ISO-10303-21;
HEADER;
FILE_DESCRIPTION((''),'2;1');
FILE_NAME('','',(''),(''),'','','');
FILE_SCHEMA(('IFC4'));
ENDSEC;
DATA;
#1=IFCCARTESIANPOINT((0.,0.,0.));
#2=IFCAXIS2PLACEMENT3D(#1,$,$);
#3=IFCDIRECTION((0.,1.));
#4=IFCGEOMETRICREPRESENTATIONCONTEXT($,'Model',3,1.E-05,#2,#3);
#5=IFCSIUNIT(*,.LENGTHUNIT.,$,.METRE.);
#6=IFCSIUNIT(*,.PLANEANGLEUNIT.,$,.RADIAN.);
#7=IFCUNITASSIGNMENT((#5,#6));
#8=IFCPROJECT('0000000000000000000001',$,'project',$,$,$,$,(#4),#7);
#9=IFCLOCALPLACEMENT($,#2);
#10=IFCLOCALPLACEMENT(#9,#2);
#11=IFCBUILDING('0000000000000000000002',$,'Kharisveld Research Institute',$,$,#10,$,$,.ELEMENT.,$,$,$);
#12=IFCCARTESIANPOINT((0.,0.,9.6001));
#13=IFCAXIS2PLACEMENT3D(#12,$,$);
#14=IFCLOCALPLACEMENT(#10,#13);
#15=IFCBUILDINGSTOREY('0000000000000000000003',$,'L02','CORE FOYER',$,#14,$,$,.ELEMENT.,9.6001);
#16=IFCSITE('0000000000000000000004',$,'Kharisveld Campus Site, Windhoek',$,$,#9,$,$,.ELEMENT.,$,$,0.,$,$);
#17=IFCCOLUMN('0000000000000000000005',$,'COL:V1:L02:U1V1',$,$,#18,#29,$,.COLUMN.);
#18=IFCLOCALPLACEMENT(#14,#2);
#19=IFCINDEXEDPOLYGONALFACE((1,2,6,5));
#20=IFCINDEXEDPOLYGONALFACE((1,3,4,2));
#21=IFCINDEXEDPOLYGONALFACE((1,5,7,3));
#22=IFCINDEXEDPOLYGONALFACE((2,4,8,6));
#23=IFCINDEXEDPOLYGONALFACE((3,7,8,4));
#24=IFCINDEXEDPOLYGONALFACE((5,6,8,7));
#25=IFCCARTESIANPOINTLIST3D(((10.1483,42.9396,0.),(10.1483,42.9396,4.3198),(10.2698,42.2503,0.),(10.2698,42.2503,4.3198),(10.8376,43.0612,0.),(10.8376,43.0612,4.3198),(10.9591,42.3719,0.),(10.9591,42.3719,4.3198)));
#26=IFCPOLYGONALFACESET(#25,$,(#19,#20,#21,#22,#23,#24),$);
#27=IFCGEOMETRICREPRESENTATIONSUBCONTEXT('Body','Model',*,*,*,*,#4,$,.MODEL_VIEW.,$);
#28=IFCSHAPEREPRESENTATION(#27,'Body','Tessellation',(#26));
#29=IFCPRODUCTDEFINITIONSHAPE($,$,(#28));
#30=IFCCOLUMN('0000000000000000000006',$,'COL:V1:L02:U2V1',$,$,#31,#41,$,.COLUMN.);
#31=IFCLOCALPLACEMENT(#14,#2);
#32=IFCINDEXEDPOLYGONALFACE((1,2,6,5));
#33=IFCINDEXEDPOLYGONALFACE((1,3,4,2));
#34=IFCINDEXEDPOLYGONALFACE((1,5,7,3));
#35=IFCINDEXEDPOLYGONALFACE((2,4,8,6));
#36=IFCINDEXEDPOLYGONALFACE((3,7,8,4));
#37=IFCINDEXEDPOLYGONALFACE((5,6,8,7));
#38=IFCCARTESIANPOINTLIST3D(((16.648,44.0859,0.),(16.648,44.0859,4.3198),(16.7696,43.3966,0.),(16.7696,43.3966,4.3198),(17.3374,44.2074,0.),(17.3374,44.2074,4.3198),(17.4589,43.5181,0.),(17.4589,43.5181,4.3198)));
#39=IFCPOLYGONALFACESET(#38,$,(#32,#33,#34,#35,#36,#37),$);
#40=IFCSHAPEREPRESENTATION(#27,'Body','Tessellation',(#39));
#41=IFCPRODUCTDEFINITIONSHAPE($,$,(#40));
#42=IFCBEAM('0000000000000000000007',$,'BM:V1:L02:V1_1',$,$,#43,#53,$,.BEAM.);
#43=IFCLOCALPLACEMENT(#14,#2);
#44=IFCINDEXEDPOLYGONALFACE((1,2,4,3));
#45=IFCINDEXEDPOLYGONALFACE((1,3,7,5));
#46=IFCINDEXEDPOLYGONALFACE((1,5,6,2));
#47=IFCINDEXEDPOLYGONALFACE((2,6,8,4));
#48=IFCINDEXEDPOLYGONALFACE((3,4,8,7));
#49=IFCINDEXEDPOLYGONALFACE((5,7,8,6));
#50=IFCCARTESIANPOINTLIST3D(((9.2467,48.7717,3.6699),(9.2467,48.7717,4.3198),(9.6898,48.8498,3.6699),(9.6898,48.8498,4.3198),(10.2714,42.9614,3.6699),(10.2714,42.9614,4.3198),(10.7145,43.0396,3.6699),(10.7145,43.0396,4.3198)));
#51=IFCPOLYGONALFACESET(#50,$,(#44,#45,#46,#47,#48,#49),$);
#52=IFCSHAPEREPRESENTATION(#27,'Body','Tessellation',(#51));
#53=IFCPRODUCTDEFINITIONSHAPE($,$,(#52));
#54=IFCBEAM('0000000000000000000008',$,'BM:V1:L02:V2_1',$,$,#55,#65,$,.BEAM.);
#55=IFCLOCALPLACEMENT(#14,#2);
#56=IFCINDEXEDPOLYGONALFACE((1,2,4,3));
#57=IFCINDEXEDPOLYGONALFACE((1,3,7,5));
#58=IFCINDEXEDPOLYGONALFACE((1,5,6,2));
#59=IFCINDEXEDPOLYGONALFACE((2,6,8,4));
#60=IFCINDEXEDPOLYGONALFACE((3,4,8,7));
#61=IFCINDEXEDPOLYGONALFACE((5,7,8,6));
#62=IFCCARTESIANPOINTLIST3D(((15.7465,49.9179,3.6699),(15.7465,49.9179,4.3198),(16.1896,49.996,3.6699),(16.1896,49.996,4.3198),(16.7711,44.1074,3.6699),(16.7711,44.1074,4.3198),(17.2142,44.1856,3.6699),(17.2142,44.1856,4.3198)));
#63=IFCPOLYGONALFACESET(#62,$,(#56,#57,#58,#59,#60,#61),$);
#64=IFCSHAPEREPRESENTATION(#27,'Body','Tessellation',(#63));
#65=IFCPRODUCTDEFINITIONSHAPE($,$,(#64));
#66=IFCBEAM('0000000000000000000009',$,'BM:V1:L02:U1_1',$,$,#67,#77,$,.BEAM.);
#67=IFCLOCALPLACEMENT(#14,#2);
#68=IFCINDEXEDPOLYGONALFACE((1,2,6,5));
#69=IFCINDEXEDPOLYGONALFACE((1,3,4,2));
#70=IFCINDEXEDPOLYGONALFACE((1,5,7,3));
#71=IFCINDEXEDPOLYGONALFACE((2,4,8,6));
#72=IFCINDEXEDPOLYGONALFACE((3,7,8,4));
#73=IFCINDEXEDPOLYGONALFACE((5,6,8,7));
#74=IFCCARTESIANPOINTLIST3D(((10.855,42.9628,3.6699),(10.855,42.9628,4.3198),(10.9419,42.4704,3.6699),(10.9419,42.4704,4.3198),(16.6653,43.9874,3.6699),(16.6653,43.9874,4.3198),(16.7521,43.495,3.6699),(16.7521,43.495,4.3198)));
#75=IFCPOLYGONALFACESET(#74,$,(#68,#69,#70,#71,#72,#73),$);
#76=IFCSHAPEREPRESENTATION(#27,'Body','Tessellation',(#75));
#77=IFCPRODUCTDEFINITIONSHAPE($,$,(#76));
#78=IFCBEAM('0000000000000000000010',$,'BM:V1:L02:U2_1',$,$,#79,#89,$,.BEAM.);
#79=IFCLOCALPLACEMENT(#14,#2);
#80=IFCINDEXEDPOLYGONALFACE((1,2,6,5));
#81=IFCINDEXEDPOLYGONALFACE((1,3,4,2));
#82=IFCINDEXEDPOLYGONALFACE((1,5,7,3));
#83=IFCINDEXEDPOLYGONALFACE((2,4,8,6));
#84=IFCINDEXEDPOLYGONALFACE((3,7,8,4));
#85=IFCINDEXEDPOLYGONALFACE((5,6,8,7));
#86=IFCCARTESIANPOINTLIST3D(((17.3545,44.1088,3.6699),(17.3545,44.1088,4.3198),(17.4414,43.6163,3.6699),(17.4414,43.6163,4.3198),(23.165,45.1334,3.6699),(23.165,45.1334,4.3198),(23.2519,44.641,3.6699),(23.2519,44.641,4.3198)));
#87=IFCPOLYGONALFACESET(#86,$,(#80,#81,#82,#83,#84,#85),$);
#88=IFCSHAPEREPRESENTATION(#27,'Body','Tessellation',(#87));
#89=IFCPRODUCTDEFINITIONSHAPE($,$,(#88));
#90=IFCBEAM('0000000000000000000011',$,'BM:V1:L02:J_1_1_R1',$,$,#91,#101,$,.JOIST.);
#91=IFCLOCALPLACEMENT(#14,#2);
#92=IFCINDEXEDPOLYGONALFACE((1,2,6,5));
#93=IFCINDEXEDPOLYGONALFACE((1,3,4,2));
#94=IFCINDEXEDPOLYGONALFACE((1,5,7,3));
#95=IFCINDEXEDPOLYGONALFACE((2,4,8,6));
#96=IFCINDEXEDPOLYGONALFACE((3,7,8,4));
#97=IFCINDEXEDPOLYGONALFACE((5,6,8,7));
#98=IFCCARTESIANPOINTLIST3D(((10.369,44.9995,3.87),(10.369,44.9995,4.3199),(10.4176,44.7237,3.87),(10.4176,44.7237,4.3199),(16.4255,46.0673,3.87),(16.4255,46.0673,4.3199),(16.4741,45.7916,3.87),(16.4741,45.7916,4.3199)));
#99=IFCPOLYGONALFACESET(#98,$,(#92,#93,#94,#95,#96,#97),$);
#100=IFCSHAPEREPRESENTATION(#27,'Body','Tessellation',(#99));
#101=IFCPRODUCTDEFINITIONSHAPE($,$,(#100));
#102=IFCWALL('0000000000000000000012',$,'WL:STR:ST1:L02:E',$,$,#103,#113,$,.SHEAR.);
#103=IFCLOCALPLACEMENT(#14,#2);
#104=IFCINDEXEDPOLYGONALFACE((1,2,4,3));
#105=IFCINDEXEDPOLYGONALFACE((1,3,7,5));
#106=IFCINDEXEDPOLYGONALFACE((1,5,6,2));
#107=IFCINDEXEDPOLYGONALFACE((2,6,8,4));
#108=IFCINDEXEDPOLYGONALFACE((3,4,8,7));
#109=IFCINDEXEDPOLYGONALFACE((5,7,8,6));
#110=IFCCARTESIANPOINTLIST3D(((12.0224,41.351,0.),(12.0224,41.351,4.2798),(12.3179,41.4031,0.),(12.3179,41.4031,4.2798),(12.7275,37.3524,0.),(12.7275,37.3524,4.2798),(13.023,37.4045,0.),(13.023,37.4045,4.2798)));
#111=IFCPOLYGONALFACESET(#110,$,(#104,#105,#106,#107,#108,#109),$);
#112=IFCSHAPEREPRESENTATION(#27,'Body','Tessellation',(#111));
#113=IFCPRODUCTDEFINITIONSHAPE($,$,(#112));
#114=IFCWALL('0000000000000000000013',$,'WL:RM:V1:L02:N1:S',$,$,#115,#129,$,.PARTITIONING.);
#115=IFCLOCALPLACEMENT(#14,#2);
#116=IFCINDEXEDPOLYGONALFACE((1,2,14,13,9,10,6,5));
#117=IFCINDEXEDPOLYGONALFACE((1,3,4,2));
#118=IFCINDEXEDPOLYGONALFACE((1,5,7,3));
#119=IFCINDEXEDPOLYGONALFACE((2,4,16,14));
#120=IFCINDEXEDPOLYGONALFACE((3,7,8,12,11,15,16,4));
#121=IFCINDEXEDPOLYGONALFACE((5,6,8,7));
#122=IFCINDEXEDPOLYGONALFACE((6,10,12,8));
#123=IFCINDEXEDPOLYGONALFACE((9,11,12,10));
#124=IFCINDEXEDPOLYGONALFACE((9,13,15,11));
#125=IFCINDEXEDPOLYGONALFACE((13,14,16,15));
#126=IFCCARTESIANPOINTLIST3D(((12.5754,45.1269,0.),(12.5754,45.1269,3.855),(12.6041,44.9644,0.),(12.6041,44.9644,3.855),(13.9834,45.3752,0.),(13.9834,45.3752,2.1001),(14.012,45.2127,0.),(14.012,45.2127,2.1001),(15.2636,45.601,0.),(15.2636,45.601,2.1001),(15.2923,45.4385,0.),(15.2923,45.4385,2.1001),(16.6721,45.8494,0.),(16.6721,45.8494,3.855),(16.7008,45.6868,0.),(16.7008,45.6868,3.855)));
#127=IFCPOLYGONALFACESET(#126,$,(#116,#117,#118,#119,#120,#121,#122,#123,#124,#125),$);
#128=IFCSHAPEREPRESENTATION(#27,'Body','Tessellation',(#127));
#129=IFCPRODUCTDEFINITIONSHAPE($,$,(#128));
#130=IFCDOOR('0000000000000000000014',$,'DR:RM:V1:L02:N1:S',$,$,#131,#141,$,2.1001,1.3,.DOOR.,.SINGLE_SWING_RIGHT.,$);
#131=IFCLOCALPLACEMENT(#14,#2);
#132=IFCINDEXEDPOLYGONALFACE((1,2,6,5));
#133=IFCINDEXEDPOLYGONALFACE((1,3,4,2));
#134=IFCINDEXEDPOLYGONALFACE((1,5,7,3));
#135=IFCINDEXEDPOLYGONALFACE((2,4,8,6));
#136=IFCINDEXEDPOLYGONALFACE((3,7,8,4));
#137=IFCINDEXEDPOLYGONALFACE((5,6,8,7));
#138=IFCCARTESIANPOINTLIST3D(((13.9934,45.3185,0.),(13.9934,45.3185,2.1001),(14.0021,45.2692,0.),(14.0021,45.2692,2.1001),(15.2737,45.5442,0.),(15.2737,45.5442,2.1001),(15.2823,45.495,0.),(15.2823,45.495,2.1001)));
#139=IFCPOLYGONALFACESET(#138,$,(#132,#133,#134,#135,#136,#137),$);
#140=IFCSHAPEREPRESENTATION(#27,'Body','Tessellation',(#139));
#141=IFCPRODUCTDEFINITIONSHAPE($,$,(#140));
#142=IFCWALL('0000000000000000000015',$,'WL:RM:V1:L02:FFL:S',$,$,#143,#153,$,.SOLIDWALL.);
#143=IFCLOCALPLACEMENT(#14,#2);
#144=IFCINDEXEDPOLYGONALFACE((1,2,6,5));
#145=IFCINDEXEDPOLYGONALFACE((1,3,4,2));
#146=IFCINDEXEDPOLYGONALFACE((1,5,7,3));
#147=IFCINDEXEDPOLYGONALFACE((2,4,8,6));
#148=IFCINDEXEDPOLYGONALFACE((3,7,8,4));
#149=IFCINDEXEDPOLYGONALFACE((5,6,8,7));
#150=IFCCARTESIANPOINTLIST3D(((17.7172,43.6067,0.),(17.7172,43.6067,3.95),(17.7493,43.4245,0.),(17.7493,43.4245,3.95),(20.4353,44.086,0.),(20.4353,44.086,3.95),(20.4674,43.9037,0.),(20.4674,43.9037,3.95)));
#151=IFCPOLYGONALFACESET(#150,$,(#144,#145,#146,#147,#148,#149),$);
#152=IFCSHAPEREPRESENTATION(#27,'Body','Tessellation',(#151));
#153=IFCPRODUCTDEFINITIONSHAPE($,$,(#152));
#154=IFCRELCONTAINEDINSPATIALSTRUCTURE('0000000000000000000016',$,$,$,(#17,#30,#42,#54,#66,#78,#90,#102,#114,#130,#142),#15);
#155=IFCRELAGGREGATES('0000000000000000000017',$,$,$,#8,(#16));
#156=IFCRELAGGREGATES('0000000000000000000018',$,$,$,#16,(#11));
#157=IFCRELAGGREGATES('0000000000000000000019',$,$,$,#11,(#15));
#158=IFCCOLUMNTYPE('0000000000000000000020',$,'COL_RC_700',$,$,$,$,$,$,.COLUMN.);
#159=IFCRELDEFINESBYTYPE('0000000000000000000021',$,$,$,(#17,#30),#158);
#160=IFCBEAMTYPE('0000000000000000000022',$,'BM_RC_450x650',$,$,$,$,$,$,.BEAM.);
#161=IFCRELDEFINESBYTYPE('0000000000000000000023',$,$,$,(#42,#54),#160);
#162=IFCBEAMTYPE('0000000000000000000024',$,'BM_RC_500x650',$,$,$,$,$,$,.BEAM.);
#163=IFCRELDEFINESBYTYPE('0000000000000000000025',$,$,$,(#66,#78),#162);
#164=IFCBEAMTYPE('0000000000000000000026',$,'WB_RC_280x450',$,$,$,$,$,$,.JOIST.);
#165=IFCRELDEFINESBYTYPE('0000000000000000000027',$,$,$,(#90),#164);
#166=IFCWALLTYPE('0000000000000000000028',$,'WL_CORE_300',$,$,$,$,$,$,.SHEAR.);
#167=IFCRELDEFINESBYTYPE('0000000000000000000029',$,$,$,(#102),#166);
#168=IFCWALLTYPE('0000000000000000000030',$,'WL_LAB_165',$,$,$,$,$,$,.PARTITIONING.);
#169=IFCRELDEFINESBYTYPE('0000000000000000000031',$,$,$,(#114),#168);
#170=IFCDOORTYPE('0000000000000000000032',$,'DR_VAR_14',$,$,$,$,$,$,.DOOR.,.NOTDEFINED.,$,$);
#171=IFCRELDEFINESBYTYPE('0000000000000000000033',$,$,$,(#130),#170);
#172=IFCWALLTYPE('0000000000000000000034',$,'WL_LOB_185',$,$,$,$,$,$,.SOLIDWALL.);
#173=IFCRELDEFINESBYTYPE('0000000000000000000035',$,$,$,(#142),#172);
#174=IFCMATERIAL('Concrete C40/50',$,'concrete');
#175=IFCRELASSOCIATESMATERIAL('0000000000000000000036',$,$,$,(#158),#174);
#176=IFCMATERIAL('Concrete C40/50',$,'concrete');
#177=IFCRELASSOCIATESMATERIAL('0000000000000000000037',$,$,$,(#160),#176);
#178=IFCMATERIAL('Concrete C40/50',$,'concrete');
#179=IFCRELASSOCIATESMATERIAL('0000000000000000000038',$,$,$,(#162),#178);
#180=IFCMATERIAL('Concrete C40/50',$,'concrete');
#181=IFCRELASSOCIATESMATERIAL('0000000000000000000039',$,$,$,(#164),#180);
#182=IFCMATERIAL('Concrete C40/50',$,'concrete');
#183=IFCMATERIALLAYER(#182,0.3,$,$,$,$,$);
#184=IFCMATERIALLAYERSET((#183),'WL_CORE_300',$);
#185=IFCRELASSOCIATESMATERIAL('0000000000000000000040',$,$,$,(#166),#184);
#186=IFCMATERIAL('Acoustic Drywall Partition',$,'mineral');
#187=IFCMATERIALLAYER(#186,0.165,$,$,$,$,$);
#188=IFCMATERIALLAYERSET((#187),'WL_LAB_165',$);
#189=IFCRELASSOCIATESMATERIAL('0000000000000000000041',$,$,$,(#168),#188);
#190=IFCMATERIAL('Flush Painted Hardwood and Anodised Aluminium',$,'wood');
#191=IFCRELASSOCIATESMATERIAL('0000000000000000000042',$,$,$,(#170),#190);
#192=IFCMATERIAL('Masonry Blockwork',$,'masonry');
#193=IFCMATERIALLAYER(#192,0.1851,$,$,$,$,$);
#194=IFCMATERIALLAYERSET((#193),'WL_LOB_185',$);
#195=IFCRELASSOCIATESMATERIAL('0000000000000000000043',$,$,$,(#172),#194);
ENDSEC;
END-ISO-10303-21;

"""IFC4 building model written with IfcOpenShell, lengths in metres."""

from ifc_helpers import new_model, si_unit, direction, frame, frame_2d, origin, origin_2d, place, context, subcontext, project, spatial, rectangle, extrude, material, layer, layer_set, material_profile, profile_set, type_object, element, fill, save


model = new_model("IFC4")

# Units and contexts
model_context = context("Model", 3, precision=1e-05, world=origin(), true_north=direction((0.0, 1.0)))
body_context = subcontext(model_context, "Body", "Model", "MODEL_VIEW")
ifc_project = project(units=[si_unit("LENGTHUNIT", "METRE"), si_unit("PLANEANGLEUNIT", "RADIAN")], contexts=[model_context])

# Site, building, storey
site_placement = place(None, origin())
site = spatial("IfcSite", under=ifc_project, at=site_placement, Name="Kharisveld Campus Site, Windhoek", CompositionType="ELEMENT", RefElevation=0.0)
building_placement = place(site_placement, origin())
building = spatial("IfcBuilding", under=site, at=building_placement, Name="Kharisveld Research Institute", CompositionType="ELEMENT")
storey_placement = place(building_placement, frame((0.0, 0.0, 9.6001)))
storey = spatial("IfcBuildingStorey", under=building, at=storey_placement, Name="L02", Description="CORE FOYER", CompositionType="ELEMENT", Elevation=9.6001)

# Columns
ifc_material_1 = material(Name="Concrete C40/50", Category="concrete")
ifc_material_profile_1 = material_profile(ifc_material_1, rectangle(XDim=0.7, YDim=0.7, at=origin_2d()))
ifc_profile_set_1 = profile_set([ifc_material_profile_1], Name="Concrete C40/50")
column_type = type_object("IfcColumnType", Name="COL_RC_700", PredefinedType="COLUMN", material=ifc_profile_set_1)
for number, where, z_axis, x_axis, name in (
    (1, (10.5537, 42.6558, 0.0), (0.0, 0.0, 1.0), (0.984808, 0.173648, 0.0), "COL:V1:L02:U1V1"),
    (2, (17.0535, 43.802, 0.0), (0.0, 0.0, 1.0), (0.984808, 0.173648, 0.0), "COL:V1:L02:U2V1"),
):
    element("IfcColumn", number, at=place(storey_placement, frame(where, z_axis=z_axis, x_axis=x_axis)), inside=storey, type_object=column_type, Name=name, PredefinedType="COLUMN", context=body_context, shape_type="SweptSolid", body=[
        extrude(rectangle(XDim=0.7, YDim=0.7, at=origin_2d()), origin(), (0.0, 0.0, 1.0), 4.3198),
    ])

# Beams
ifc_material_2 = material(Name="Concrete C40/50", Category="concrete")
ifc_material_profile_2 = material_profile(ifc_material_2, rectangle(XDim=0.45, YDim=0.6499, at=origin_2d()))
ifc_profile_set_2 = profile_set([ifc_material_profile_2], Name="Concrete C40/50")
beam_type_1 = type_object("IfcBeamType", Name="BM_RC_450x650", PredefinedType="BEAM", material=ifc_profile_set_2)
beam_1_placement = place(storey_placement, frame((10.4929, 43.0005, 3.9949), z_axis=(-0.173672, 0.984804, 0.0), x_axis=(-0.984804, -0.173672, 0.0)))
element("IfcBeam", 3, at=beam_1_placement, inside=storey, type_object=beam_type_1, Name="BM:V1:L02:V1_1", PredefinedType="BEAM", context=body_context, shape_type="SweptSolid", body=[
    extrude(rectangle(XDim=0.45, YDim=0.6499, at=origin_2d()), origin(), (0.0, 0.0, 1.0), 5.8999),
])
beam_2_placement = place(storey_placement, frame((16.9927, 44.1465, 3.9949), z_axis=(-0.173665, 0.984805, 0.0), x_axis=(-0.984805, -0.173665, 0.0)))
element("IfcBeam", 4, at=beam_2_placement, inside=storey, type_object=beam_type_1, Name="BM:V1:L02:V2_1", PredefinedType="BEAM", context=body_context, shape_type="SweptSolid", body=[
    extrude(rectangle(XDim=0.45, YDim=0.6499, at=origin_2d()), origin(), (0.0, 0.0, 1.0), 5.9001),
])
ifc_material_3 = material(Name="Concrete C40/50", Category="concrete")
ifc_material_profile_3 = material_profile(ifc_material_3, rectangle(XDim=0.5, YDim=0.6499, at=origin_2d()))
ifc_profile_set_3 = profile_set([ifc_material_profile_3], Name="Concrete C40/50")
beam_type_2 = type_object("IfcBeamType", Name="BM_RC_500x650", PredefinedType="BEAM", material=ifc_profile_set_3)
beam_3_placement = place(storey_placement, frame((10.8984, 42.7166, 3.9949), z_axis=(0.984804, 0.173672, 0.0), x_axis=(-0.173672, 0.984804, 0.0)))
element("IfcBeam", 5, at=beam_3_placement, inside=storey, type_object=beam_type_2, Name="BM:V1:L02:U1_1", PredefinedType="BEAM", context=body_context, shape_type="SweptSolid", body=[
    extrude(rectangle(XDim=0.5, YDim=0.6499, at=origin_2d()), origin(), (0.0, 0.0, 1.0), 5.8999),
])
beam_4_placement = place(storey_placement, frame((17.3979, 43.8625, 3.9949), z_axis=(0.984805, 0.173665, 0.0), x_axis=(-0.173665, 0.984805, 0.0)))
element("IfcBeam", 6, at=beam_4_placement, inside=storey, type_object=beam_type_2, Name="BM:V1:L02:U2_1", PredefinedType="BEAM", context=body_context, shape_type="SweptSolid", body=[
    extrude(rectangle(XDim=0.5, YDim=0.6499, at=origin_2d()), origin(), (0.0, 0.0, 1.0), 5.9001),
])
ifc_material_4 = material(Name="Concrete C40/50", Category="concrete")
ifc_material_profile_4 = material_profile(ifc_material_4, rectangle(XDim=0.28, YDim=0.45, at=origin_2d()))
ifc_profile_set_4 = profile_set([ifc_material_profile_4], Name="Concrete C40/50")
beam_type_3 = type_object("IfcBeamType", Name="WB_RC_280x450", PredefinedType="JOIST", material=ifc_profile_set_4)
beam_5_placement = place(storey_placement, frame((10.3933, 44.8616, 4.095), z_axis=(0.984809, 0.173643, 0.0), x_axis=(-0.173643, 0.984809, 0.0)))
element("IfcBeam", 7, at=beam_5_placement, inside=storey, type_object=beam_type_3, Name="BM:V1:L02:J_1_1_R1", PredefinedType="JOIST", context=body_context, shape_type="SweptSolid", body=[
    extrude(rectangle(XDim=0.28, YDim=0.45, at=origin_2d()), origin(), (0.0, 0.0, 1.0), 6.1499),
])

# Wall
ifc_material_5 = material(Name="Concrete C40/50", Category="concrete")
ifc_layer_1 = layer(ifc_material_5, 0.3)
ifc_layer_set_1 = layer_set([ifc_layer_1], Name="WL_CORE_300")
wall_type_1 = type_object("IfcWallType", Name="WL_CORE_300", PredefinedType="SHEAR", material=ifc_layer_set_1)
wall_1_placement = place(storey_placement, frame((12.1702, 41.3772, 0.0), z_axis=(0.0, 0.0, 1.0), x_axis=(0.173655, -0.984807, 0.0)))
element("IfcWall", 8, at=wall_1_placement, inside=storey, type_object=wall_type_1, Name="WL:STR:ST1:L02:E", PredefinedType="SHEAR", context=body_context, shape_type="SweptSolid", body=[
    extrude(rectangle(XDim=4.0603, YDim=0.3, at=frame_2d((2.0303, 0.0))), origin(), (0.0, 0.0, 1.0), 4.2798),
])

# Wall, opening, door
ifc_material_6 = material(Name="Acoustic Drywall Partition", Category="mineral")
ifc_layer_2 = layer(ifc_material_6, 0.165)
ifc_layer_set_2 = layer_set([ifc_layer_2], Name="WL_LAB_165")
wall_type_2 = type_object("IfcWallType", Name="WL_LAB_165", PredefinedType="PARTITIONING", material=ifc_layer_set_2)
wall_2_placement = place(storey_placement, frame((12.5896, 45.0457, 0.0), z_axis=(0.0, 0.0, 1.0), x_axis=(0.984805, 0.173661, 0.0)))
wall_2 = element("IfcWall", 9, at=wall_2_placement, inside=storey, type_object=wall_type_2, Name="WL:RM:V1:L02:N1:S", PredefinedType="PARTITIONING", context=body_context, shape_type="SweptSolid", body=[
    extrude(rectangle(XDim=4.1599, YDim=0.165, at=frame_2d((2.0801, 0.0))), origin(), (0.0, 0.0, 1.0), 3.855),
])
opening_1_placement = place(wall_2_placement, frame((1.4299, 0.0, 0.0)))
opening_1 = element("IfcOpeningElement", 10, at=opening_1_placement, cuts=wall_2, PredefinedType="OPENING", context=body_context, shape_type="SweptSolid", body=[
    extrude(rectangle(XDim=1.3, YDim=2.1001, at=frame_2d((0.6499, 1.05))), frame((0.0, 0.0825, 0.0), z_axis=(0.0, -1.0, 0.0), x_axis=(1.0, 0.0, 0.0)), (0.0, 0.0, 1.0), 0.165),
])
ifc_material_7 = material(Name="Flush Painted Hardwood and Anodised Aluminium", Category="wood")
door_type_1 = type_object("IfcDoorType", Name="DR_VAR_14", OperationType="NOTDEFINED", PredefinedType="DOOR", material=ifc_material_7)
door_1_placement = place(opening_1_placement, origin())
door_1 = element("IfcDoor", 11, at=door_1_placement, inside=storey, type_object=door_type_1, Name="DR:RM:V1:L02:N1:S", OperationType="SINGLE_SWING_RIGHT", OverallHeight=2.1001, OverallWidth=1.3, PredefinedType="DOOR", context=body_context, shape_type="SweptSolid", body=[
    extrude(rectangle(XDim=1.3, YDim=2.1001, at=frame_2d((0.6499, 1.05))), frame((0.0, 0.0249, 0.0), z_axis=(0.0, -1.0, 0.0), x_axis=(1.0, 0.0, 0.0)), (0.0, 0.0, 1.0), 0.05),
])
fill(opening_1, door_1)

# Wall
ifc_material_8 = material(Name="Masonry Blockwork", Category="masonry")
ifc_layer_3 = layer(ifc_material_8, 0.1851)
ifc_layer_set_3 = layer_set([ifc_layer_3], Name="WL_LOB_185")
wall_type_3 = type_object("IfcWallType", Name="WL_LOB_185", PredefinedType="SOLIDWALL", material=ifc_layer_set_3)
wall_3_placement = place(storey_placement, frame((17.7334, 43.5156, 0.0), z_axis=(0.0, 0.0, 1.0), x_axis=(0.984808, 0.173644, 0.0)))
element("IfcWall", 12, at=wall_3_placement, inside=storey, type_object=wall_type_3, Name="WL:RM:V1:L02:FFL:S", PredefinedType="SOLIDWALL", context=body_context, shape_type="SweptSolid", body=[
    extrude(rectangle(XDim=2.76, YDim=0.1851, at=frame_2d((1.3799, 0.0))), origin(), (0.0, 0.0, 1.0), 3.95),
])

save(model, "model.ifc")
